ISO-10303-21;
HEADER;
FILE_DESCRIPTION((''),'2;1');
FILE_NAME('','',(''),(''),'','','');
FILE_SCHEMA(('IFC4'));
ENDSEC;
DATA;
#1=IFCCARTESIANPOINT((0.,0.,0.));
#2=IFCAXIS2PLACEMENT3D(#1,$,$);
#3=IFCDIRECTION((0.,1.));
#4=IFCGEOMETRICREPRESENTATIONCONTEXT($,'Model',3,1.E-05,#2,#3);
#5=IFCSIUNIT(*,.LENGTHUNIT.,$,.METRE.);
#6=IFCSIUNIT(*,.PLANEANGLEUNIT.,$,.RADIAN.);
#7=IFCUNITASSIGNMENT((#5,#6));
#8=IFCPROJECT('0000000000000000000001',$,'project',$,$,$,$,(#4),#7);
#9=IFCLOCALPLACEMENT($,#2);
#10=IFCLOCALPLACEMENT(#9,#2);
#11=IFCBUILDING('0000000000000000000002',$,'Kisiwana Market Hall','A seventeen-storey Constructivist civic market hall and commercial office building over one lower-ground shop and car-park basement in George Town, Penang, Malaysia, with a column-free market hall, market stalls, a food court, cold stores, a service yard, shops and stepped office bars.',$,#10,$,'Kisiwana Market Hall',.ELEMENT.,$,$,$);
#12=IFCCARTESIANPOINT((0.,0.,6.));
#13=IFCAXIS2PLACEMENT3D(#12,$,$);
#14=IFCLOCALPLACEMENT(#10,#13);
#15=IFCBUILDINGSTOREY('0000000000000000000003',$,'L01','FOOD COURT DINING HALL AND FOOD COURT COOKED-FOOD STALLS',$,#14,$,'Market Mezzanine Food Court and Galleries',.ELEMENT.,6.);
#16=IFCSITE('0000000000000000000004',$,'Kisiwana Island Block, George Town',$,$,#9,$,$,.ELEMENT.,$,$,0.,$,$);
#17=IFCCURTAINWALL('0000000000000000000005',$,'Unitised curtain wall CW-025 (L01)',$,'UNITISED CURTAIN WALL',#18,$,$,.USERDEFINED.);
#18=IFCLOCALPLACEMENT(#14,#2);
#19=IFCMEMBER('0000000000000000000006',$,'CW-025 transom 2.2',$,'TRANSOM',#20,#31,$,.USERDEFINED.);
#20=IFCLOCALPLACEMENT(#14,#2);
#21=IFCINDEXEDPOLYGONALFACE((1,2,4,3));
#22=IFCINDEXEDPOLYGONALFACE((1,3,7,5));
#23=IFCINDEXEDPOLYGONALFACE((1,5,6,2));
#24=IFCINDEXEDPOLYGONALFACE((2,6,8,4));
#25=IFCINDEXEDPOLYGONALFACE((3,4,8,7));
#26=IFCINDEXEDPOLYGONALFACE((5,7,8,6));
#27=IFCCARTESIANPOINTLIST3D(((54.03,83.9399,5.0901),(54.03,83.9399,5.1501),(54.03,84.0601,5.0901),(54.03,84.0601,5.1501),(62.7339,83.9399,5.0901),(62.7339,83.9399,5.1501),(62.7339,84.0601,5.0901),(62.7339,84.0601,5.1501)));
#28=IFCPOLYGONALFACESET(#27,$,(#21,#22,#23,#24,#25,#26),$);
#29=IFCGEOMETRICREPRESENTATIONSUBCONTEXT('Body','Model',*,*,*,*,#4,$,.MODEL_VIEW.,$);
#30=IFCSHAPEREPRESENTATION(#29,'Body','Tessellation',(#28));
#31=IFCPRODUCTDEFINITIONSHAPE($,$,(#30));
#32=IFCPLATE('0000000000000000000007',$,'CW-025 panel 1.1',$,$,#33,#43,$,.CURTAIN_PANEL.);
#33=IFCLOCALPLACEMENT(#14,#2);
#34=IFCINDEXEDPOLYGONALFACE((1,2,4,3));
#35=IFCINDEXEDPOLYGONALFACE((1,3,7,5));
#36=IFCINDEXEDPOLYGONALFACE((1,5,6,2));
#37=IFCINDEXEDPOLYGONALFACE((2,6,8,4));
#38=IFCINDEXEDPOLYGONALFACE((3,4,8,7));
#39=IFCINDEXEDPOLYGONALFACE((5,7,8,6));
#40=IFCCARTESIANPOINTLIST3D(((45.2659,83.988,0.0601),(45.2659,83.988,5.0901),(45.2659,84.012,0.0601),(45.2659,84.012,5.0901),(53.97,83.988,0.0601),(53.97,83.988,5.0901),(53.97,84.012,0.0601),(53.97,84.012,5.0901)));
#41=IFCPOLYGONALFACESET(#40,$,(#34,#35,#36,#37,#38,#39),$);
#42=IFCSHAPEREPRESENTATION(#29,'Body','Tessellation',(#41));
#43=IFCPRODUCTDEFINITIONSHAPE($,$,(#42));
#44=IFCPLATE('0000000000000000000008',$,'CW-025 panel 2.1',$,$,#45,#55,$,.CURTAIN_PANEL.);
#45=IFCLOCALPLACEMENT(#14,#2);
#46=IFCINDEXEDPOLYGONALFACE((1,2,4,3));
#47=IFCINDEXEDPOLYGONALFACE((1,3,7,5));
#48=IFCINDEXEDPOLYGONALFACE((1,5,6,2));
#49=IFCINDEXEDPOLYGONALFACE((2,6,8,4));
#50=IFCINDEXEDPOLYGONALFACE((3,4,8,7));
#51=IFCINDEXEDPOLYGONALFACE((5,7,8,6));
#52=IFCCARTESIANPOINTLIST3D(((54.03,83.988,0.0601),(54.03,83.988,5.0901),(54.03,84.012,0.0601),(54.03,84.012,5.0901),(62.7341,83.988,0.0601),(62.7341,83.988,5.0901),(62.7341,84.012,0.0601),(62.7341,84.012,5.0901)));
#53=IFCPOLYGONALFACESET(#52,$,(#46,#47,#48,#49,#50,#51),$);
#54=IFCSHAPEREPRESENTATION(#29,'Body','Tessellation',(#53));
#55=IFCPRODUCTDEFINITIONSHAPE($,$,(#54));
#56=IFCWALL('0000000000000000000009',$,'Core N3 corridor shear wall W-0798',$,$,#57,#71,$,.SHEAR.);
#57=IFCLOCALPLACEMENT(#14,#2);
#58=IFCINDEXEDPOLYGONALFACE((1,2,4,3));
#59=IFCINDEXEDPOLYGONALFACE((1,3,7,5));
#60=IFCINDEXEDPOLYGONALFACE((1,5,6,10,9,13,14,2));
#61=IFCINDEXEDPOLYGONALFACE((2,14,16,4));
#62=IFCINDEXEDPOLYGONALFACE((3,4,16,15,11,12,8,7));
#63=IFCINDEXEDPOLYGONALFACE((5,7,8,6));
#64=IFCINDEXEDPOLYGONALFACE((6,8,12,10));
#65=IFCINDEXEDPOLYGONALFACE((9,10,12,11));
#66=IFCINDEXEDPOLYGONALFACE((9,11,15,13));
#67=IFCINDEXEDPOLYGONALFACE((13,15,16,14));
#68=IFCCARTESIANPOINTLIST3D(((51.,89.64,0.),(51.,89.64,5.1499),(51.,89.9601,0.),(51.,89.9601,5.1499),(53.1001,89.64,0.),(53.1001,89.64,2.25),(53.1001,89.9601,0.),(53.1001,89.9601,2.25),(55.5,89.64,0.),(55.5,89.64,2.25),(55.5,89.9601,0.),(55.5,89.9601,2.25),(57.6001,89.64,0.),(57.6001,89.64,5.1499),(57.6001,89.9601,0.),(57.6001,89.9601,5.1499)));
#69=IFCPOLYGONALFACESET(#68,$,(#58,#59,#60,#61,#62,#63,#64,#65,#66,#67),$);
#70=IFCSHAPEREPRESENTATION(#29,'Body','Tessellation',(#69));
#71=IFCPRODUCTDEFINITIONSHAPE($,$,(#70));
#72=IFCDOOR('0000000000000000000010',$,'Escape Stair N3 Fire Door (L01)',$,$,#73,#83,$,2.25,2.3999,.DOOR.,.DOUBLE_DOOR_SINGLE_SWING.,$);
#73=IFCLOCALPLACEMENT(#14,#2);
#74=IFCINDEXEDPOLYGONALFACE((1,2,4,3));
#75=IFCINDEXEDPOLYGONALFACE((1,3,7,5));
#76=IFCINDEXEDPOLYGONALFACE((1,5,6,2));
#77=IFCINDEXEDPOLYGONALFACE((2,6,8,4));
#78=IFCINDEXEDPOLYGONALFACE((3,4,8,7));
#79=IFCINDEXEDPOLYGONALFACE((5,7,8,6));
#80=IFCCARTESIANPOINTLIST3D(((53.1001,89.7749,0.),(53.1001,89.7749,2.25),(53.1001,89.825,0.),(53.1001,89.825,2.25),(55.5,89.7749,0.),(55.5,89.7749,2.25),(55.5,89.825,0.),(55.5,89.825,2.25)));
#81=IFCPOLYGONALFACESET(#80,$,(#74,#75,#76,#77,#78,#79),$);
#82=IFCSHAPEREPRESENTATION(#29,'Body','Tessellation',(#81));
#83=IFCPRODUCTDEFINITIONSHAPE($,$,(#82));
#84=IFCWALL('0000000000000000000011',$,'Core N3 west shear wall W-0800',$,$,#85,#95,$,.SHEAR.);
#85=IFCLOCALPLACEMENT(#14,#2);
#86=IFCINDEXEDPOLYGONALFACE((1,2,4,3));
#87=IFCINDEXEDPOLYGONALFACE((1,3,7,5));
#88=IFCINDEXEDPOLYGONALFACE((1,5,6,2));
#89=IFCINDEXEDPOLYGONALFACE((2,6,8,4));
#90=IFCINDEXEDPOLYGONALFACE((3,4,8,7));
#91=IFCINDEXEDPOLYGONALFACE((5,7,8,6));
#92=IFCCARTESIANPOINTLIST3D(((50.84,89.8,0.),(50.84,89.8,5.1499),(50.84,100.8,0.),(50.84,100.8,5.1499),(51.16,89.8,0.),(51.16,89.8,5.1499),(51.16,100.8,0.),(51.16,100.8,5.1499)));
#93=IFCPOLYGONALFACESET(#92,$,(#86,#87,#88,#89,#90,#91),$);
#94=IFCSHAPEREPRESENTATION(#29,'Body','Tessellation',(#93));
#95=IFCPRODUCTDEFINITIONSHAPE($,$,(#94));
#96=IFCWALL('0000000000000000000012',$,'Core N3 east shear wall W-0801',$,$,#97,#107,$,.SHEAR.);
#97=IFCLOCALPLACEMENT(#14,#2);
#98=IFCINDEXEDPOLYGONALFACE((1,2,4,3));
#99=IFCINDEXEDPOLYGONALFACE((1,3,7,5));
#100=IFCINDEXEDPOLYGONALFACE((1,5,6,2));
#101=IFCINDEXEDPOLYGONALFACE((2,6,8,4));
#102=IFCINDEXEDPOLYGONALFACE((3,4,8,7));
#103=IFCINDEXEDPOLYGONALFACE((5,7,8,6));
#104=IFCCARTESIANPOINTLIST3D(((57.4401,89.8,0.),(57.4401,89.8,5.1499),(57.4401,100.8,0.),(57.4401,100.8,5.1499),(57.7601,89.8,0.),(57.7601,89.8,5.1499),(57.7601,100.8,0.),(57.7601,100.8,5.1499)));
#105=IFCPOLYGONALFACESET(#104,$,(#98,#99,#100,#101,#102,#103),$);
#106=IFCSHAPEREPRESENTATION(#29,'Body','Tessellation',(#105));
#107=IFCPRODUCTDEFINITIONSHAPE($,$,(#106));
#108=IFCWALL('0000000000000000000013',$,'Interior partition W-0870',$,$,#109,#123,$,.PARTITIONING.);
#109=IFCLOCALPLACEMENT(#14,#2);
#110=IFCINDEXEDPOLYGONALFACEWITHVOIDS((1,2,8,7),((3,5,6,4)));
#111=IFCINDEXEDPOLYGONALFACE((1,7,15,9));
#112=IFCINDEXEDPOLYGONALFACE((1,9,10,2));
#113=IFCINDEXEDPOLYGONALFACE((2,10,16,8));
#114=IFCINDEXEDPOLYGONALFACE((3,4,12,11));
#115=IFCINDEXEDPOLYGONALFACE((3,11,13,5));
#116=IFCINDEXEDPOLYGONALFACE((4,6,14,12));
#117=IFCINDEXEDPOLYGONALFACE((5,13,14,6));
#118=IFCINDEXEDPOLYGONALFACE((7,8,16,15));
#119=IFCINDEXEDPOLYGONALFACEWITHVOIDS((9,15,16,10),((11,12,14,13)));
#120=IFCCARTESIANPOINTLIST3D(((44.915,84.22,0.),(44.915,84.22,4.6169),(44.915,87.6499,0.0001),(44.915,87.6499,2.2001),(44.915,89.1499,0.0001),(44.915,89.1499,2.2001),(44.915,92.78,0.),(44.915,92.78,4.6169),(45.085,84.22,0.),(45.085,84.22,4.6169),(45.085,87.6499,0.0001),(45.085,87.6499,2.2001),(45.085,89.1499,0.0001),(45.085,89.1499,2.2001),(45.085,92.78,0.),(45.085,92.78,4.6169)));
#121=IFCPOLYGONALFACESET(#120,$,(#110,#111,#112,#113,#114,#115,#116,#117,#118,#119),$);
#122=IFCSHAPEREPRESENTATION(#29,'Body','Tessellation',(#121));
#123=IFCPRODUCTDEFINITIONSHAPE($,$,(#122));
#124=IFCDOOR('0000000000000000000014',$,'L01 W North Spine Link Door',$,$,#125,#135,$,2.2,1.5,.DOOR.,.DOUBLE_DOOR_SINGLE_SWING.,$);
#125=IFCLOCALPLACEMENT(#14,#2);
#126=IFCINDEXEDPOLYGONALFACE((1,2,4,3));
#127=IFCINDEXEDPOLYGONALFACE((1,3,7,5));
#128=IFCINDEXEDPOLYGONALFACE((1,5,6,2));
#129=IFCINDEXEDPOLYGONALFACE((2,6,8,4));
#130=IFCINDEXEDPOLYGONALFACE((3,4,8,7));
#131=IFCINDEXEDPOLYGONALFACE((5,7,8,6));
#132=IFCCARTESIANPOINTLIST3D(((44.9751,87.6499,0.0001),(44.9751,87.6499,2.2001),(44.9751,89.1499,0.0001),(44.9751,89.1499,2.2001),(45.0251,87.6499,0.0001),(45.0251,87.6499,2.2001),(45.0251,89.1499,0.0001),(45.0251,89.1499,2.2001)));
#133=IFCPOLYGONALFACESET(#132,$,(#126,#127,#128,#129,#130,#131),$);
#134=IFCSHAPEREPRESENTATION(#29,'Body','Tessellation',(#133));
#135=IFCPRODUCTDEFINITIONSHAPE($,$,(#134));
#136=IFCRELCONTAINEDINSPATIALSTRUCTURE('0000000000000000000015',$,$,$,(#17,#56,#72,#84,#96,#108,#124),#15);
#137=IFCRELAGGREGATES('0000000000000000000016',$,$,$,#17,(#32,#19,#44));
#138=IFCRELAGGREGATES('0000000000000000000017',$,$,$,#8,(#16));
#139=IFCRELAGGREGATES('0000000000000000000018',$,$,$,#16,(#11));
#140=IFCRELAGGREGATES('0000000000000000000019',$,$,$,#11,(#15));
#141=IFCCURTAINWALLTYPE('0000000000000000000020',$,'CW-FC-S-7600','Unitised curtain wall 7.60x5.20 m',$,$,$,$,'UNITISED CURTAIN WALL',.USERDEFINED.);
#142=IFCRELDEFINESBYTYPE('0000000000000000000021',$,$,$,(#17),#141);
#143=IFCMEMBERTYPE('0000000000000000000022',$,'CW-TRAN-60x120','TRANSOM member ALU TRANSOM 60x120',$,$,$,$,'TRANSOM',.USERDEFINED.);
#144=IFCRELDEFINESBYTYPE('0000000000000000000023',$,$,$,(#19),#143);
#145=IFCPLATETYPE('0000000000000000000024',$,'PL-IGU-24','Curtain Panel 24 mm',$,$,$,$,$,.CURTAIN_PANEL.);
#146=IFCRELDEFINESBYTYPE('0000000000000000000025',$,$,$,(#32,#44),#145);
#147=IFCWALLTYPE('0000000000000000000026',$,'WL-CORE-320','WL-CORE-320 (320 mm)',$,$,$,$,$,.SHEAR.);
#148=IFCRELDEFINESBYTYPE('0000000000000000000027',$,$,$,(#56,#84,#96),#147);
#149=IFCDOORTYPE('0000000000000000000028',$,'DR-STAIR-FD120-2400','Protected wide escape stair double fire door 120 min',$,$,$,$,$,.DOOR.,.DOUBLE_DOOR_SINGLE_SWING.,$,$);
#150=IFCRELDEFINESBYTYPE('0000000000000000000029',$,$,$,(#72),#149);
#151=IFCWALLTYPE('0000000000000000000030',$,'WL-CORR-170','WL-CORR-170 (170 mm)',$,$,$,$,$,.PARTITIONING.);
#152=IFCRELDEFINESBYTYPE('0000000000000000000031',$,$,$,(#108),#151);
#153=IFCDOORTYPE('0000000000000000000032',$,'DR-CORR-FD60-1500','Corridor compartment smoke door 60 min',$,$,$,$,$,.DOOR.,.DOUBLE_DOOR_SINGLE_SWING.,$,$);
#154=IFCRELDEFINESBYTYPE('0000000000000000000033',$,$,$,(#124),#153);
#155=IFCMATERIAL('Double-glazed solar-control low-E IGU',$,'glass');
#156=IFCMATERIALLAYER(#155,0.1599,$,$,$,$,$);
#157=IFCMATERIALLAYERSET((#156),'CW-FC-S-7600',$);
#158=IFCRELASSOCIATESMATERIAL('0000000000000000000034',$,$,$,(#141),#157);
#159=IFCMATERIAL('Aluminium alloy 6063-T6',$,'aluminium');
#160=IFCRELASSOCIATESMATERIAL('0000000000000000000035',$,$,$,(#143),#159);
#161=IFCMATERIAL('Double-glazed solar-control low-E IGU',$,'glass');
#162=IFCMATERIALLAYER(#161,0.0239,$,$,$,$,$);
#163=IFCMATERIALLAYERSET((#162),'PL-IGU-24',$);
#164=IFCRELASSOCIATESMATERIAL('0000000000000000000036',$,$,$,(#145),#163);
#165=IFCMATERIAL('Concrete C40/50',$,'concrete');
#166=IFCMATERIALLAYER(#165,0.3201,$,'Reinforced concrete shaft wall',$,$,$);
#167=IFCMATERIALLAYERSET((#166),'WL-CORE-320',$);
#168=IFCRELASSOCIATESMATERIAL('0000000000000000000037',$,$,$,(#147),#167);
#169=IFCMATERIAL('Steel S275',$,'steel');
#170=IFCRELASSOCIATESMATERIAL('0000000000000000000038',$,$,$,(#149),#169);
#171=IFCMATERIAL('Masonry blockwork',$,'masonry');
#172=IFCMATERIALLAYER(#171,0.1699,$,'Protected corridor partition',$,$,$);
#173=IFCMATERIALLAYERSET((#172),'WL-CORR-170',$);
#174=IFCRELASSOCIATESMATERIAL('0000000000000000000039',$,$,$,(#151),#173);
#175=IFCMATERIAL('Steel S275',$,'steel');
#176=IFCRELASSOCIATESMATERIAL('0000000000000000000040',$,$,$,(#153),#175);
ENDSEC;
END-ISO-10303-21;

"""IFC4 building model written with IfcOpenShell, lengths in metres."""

from ifc_helpers import new_model, si_unit, direction, frame, frame_2d, origin, origin_2d, place, context, subcontext, project, spatial, rectangle, extrude, material, layer, layer_set, material_profile, profile_set, type_object, element, fill, aggregate, save


model = new_model("IFC4")

# Units and contexts
model_context = context("Model", 3, precision=1e-05, world=origin(), true_north=direction((0.0, 1.0)))
body_context = subcontext(model_context, "Body", "Model", "MODEL_VIEW")
ifc_project = project(units=[si_unit("LENGTHUNIT", "METRE"), si_unit("PLANEANGLEUNIT", "RADIAN")], contexts=[model_context])

# Site, building, storey
site_placement = place(None, origin())
site = spatial("IfcSite", under=ifc_project, at=site_placement, Name="Kisiwana Island Block, George Town", CompositionType="ELEMENT", RefElevation=0.0)
building_placement = place(site_placement, origin())
building = spatial("IfcBuilding", under=site, at=building_placement, Name="Kisiwana Market Hall", Description="A seventeen-storey Constructivist civic market hall and commercial office building over one lower-ground shop and car-park basement in George Town, Penang, Malaysia, with a column-free market hall, market stalls, a food court, cold stores, a service yard, shops and stepped office bars.", LongName="Kisiwana Market Hall", CompositionType="ELEMENT")
storey_placement = place(building_placement, frame((0.0, 0.0, 6.0)))
storey = spatial("IfcBuildingStorey", under=building, at=storey_placement, Name="L01", Description="FOOD COURT DINING HALL AND FOOD COURT COOKED-FOOD STALLS", LongName="Market Mezzanine Food Court and Galleries", CompositionType="ELEMENT", Elevation=6.0)

# Curtain wall, member, plates
ifc_material_1 = material(Name="Double-glazed solar-control low-E IGU", Category="glass")
ifc_layer_1 = layer(ifc_material_1, 0.1599)
ifc_layer_set_1 = layer_set([ifc_layer_1], Name="CW-FC-S-7600")
curtain_wall_type = type_object("IfcCurtainWallType", Name="CW-FC-S-7600", Description="Unitised curtain wall 7.60x5.20 m", ElementType="UNITISED CURTAIN WALL", PredefinedType="USERDEFINED", material=ifc_layer_set_1)
curtain_wall_placement = place(storey_placement, origin())
curtain_wall = element("IfcCurtainWall", 1, at=curtain_wall_placement, inside=storey, type_object=curtain_wall_type, Name="Unitised curtain wall CW-025 (L01)", ObjectType="UNITISED CURTAIN WALL", PredefinedType="USERDEFINED")
ifc_material_2 = material(Name="Aluminium alloy 6063-T6", Category="aluminium")
ifc_material_profile_1 = material_profile(ifc_material_2, rectangle(XDim=0.1201, YDim=0.0601, at=origin_2d()), Name="ALU TRANSOM 60x120")
ifc_profile_set_1 = profile_set([ifc_material_profile_1], Name="Aluminium alloy 6063-T6")
member_type_1 = type_object("IfcMemberType", Name="CW-TRAN-60x120", Description="TRANSOM member ALU TRANSOM 60x120", ElementType="TRANSOM", PredefinedType="USERDEFINED", material=ifc_profile_set_1)
member_1_placement = place(storey_placement, frame((54.03, 84.0, 5.1201), z_axis=(1.0, 0.0, 0.0), x_axis=(0.0, 1.0, 0.0)))
member_1 = element("IfcMember", 2, at=member_1_placement, type_object=member_type_1, Name="CW-025 transom 2.2", ObjectType="TRANSOM", PredefinedType="USERDEFINED", context=body_context, shape_type="SweptSolid", body=[
    extrude(rectangle(XDim=0.1201, YDim=0.0601, at=origin_2d()), origin(), (0.0, 0.0, 1.0), 8.7039),
])
ifc_material_3 = material(Name="Double-glazed solar-control low-E IGU", Category="glass")
ifc_layer_2 = layer(ifc_material_3, 0.0239)
ifc_layer_set_2 = layer_set([ifc_layer_2], Name="PL-IGU-24")
plate_type = type_object("IfcPlateType", Name="PL-IGU-24", Description="Curtain Panel 24 mm", PredefinedType="CURTAIN_PANEL", material=ifc_layer_set_2)
plate_1_placement = place(storey_placement, frame((49.6179, 84.0, 0.0601), z_axis=(0.0, 0.0, 1.0), x_axis=(1.0, 0.0, 0.0)))
plate_1 = element("IfcPlate", 3, at=plate_1_placement, type_object=plate_type, Name="CW-025 panel 1.1", PredefinedType="CURTAIN_PANEL", context=body_context, shape_type="SweptSolid", body=[
    extrude(rectangle(XDim=8.7041, YDim=0.0239, at=origin_2d()), origin(), (0.0, 0.0, 1.0), 5.03),
])
plate_2_placement = place(storey_placement, frame((58.3821, 84.0, 0.0601), z_axis=(0.0, 0.0, 1.0), x_axis=(1.0, 0.0, 0.0)))
plate_2 = element("IfcPlate", 4, at=plate_2_placement, type_object=plate_type, Name="CW-025 panel 2.1", PredefinedType="CURTAIN_PANEL", context=body_context, shape_type="SweptSolid", body=[
    extrude(rectangle(XDim=8.7041, YDim=0.0239, at=origin_2d()), origin(), (0.0, 0.0, 1.0), 5.03),
])
aggregate(curtain_wall, [plate_1, member_1, plate_2])

# Wall, opening, door
ifc_material_4 = material(Name="Concrete C40/50", Category="concrete")
ifc_layer_3 = layer(ifc_material_4, 0.3201, Name="Reinforced concrete shaft wall")
ifc_layer_set_3 = layer_set([ifc_layer_3], Name="WL-CORE-320")
wall_type_1 = type_object("IfcWallType", Name="WL-CORE-320", Description="WL-CORE-320 (320 mm)", PredefinedType="SHEAR", material=ifc_layer_set_3)
wall_1_placement = place(storey_placement, frame((51.0, 89.8, 0.0), z_axis=(0.0, 0.0, 1.0), x_axis=(1.0, 0.0, 0.0)))
wall_1 = element("IfcWall", 5, at=wall_1_placement, inside=storey, type_object=wall_type_1, Name="Core N3 corridor shear wall W-0798", PredefinedType="SHEAR", context=body_context, shape_type="SweptSolid", body=[
    extrude(rectangle(XDim=6.6001, YDim=0.3201, at=frame_2d((3.3, 0.0))), origin(), (0.0, 0.0, 1.0), 5.1499),
])
opening_1_placement = place(wall_1_placement, frame((2.1001, 0.0, 0.0)))
opening_1 = element("IfcOpeningElement", 6, at=opening_1_placement, cuts=wall_1, PredefinedType="OPENING", context=body_context, shape_type="SweptSolid", body=[
    extrude(rectangle(XDim=2.3999, YDim=2.25, at=frame_2d((1.2, 1.125))), frame((0.0, 0.1719, 0.0), z_axis=(0.0, -1.0, 0.0), x_axis=(1.0, 0.0, 0.0)), (0.0, 0.0, 1.0), 0.344),
])
ifc_material_5 = material(Name="Steel S275", Category="steel")
door_type_1 = type_object("IfcDoorType", Name="DR-STAIR-FD120-2400", Description="Protected wide escape stair double fire door 120 min", OperationType="DOUBLE_DOOR_SINGLE_SWING", PredefinedType="DOOR", material=ifc_material_5)
door_1_placement = place(opening_1_placement, origin())
door_1 = element("IfcDoor", 7, at=door_1_placement, inside=storey, type_object=door_type_1, Name="Escape Stair N3 Fire Door (L01)", OperationType="DOUBLE_DOOR_SINGLE_SWING", OverallHeight=2.25, OverallWidth=2.3999, PredefinedType="DOOR", context=body_context, shape_type="SweptSolid", body=[
    extrude(rectangle(XDim=2.3999, YDim=2.25, at=frame_2d((1.2, 1.125))), frame((0.0, 0.0249, 0.0), z_axis=(0.0, -1.0, 0.0), x_axis=(1.0, 0.0, 0.0)), (0.0, 0.0, 1.0), 0.05),
])
fill(opening_1, door_1)

# Walls
for number, where, z_axis, x_axis, name in (
    (8, (51.0, 89.8, 0.0), (0.0, 0.0, 1.0), (0.0, 1.0, 0.0), "Core N3 west shear wall W-0800"),
    (9, (57.6001, 89.8, 0.0), (0.0, 0.0, 1.0), (0.0, 1.0, 0.0), "Core N3 east shear wall W-0801"),
):
    element("IfcWall", number, at=place(storey_placement, frame(where, z_axis=z_axis, x_axis=x_axis)), inside=storey, type_object=wall_type_1, Name=name, PredefinedType="SHEAR", context=body_context, shape_type="SweptSolid", body=[
        extrude(rectangle(XDim=11.0, YDim=0.3201, at=frame_2d((5.5, 0.0))), origin(), (0.0, 0.0, 1.0), 5.1499),
    ])

# Wall, opening, door
ifc_material_6 = material(Name="Masonry blockwork", Category="masonry")
ifc_layer_4 = layer(ifc_material_6, 0.1699, Name="Protected corridor partition")
ifc_layer_set_4 = layer_set([ifc_layer_4], Name="WL-CORR-170")
wall_type_2 = type_object("IfcWallType", Name="WL-CORR-170", Description="WL-CORR-170 (170 mm)", PredefinedType="PARTITIONING", material=ifc_layer_set_4)
wall_2_placement = place(storey_placement, frame((45.0, 84.22, 0.0), z_axis=(0.0, 0.0, 1.0), x_axis=(0.0, 1.0, 0.0)))
wall_2 = element("IfcWall", 10, at=wall_2_placement, inside=storey, type_object=wall_type_2, Name="Interior partition W-0870", PredefinedType="PARTITIONING", context=body_context, shape_type="SweptSolid", body=[
    extrude(rectangle(XDim=8.5601, YDim=0.1699, at=frame_2d((4.28, 0.0))), origin(), (0.0, 0.0, 1.0), 4.6169),
])
opening_2_placement = place(wall_2_placement, frame((3.4299, 0.0, 0.0)))
opening_2 = element("IfcOpeningElement", 11, at=opening_2_placement, cuts=wall_2, PredefinedType="OPENING", context=body_context, shape_type="SweptSolid", body=[
    extrude(rectangle(XDim=1.5, YDim=2.2, at=frame_2d((0.75, 1.1001))), frame((0.0, 0.0969, 0.0), z_axis=(0.0, -1.0, 0.0), x_axis=(1.0, 0.0, 0.0)), (0.0, 0.0, 1.0), 0.1938),
])
ifc_material_7 = material(Name="Steel S275", Category="steel")
door_type_2 = type_object("IfcDoorType", Name="DR-CORR-FD60-1500", Description="Corridor compartment smoke door 60 min", OperationType="DOUBLE_DOOR_SINGLE_SWING", PredefinedType="DOOR", material=ifc_material_7)
door_2_placement = place(opening_2_placement, origin())
door_2 = element("IfcDoor", 12, at=door_2_placement, inside=storey, type_object=door_type_2, Name="L01 W North Spine Link Door", OperationType="DOUBLE_DOOR_SINGLE_SWING", OverallHeight=2.2, OverallWidth=1.5, PredefinedType="DOOR", context=body_context, shape_type="SweptSolid", body=[
    extrude(rectangle(XDim=1.5, YDim=2.2, at=frame_2d((0.75, 1.1001))), frame((0.0, 0.0249, 0.0), z_axis=(0.0, -1.0, 0.0), x_axis=(1.0, 0.0, 0.0)), (0.0, 0.0, 1.0), 0.05),
])
fill(opening_2, door_2)

save(model, "model.ifc")
